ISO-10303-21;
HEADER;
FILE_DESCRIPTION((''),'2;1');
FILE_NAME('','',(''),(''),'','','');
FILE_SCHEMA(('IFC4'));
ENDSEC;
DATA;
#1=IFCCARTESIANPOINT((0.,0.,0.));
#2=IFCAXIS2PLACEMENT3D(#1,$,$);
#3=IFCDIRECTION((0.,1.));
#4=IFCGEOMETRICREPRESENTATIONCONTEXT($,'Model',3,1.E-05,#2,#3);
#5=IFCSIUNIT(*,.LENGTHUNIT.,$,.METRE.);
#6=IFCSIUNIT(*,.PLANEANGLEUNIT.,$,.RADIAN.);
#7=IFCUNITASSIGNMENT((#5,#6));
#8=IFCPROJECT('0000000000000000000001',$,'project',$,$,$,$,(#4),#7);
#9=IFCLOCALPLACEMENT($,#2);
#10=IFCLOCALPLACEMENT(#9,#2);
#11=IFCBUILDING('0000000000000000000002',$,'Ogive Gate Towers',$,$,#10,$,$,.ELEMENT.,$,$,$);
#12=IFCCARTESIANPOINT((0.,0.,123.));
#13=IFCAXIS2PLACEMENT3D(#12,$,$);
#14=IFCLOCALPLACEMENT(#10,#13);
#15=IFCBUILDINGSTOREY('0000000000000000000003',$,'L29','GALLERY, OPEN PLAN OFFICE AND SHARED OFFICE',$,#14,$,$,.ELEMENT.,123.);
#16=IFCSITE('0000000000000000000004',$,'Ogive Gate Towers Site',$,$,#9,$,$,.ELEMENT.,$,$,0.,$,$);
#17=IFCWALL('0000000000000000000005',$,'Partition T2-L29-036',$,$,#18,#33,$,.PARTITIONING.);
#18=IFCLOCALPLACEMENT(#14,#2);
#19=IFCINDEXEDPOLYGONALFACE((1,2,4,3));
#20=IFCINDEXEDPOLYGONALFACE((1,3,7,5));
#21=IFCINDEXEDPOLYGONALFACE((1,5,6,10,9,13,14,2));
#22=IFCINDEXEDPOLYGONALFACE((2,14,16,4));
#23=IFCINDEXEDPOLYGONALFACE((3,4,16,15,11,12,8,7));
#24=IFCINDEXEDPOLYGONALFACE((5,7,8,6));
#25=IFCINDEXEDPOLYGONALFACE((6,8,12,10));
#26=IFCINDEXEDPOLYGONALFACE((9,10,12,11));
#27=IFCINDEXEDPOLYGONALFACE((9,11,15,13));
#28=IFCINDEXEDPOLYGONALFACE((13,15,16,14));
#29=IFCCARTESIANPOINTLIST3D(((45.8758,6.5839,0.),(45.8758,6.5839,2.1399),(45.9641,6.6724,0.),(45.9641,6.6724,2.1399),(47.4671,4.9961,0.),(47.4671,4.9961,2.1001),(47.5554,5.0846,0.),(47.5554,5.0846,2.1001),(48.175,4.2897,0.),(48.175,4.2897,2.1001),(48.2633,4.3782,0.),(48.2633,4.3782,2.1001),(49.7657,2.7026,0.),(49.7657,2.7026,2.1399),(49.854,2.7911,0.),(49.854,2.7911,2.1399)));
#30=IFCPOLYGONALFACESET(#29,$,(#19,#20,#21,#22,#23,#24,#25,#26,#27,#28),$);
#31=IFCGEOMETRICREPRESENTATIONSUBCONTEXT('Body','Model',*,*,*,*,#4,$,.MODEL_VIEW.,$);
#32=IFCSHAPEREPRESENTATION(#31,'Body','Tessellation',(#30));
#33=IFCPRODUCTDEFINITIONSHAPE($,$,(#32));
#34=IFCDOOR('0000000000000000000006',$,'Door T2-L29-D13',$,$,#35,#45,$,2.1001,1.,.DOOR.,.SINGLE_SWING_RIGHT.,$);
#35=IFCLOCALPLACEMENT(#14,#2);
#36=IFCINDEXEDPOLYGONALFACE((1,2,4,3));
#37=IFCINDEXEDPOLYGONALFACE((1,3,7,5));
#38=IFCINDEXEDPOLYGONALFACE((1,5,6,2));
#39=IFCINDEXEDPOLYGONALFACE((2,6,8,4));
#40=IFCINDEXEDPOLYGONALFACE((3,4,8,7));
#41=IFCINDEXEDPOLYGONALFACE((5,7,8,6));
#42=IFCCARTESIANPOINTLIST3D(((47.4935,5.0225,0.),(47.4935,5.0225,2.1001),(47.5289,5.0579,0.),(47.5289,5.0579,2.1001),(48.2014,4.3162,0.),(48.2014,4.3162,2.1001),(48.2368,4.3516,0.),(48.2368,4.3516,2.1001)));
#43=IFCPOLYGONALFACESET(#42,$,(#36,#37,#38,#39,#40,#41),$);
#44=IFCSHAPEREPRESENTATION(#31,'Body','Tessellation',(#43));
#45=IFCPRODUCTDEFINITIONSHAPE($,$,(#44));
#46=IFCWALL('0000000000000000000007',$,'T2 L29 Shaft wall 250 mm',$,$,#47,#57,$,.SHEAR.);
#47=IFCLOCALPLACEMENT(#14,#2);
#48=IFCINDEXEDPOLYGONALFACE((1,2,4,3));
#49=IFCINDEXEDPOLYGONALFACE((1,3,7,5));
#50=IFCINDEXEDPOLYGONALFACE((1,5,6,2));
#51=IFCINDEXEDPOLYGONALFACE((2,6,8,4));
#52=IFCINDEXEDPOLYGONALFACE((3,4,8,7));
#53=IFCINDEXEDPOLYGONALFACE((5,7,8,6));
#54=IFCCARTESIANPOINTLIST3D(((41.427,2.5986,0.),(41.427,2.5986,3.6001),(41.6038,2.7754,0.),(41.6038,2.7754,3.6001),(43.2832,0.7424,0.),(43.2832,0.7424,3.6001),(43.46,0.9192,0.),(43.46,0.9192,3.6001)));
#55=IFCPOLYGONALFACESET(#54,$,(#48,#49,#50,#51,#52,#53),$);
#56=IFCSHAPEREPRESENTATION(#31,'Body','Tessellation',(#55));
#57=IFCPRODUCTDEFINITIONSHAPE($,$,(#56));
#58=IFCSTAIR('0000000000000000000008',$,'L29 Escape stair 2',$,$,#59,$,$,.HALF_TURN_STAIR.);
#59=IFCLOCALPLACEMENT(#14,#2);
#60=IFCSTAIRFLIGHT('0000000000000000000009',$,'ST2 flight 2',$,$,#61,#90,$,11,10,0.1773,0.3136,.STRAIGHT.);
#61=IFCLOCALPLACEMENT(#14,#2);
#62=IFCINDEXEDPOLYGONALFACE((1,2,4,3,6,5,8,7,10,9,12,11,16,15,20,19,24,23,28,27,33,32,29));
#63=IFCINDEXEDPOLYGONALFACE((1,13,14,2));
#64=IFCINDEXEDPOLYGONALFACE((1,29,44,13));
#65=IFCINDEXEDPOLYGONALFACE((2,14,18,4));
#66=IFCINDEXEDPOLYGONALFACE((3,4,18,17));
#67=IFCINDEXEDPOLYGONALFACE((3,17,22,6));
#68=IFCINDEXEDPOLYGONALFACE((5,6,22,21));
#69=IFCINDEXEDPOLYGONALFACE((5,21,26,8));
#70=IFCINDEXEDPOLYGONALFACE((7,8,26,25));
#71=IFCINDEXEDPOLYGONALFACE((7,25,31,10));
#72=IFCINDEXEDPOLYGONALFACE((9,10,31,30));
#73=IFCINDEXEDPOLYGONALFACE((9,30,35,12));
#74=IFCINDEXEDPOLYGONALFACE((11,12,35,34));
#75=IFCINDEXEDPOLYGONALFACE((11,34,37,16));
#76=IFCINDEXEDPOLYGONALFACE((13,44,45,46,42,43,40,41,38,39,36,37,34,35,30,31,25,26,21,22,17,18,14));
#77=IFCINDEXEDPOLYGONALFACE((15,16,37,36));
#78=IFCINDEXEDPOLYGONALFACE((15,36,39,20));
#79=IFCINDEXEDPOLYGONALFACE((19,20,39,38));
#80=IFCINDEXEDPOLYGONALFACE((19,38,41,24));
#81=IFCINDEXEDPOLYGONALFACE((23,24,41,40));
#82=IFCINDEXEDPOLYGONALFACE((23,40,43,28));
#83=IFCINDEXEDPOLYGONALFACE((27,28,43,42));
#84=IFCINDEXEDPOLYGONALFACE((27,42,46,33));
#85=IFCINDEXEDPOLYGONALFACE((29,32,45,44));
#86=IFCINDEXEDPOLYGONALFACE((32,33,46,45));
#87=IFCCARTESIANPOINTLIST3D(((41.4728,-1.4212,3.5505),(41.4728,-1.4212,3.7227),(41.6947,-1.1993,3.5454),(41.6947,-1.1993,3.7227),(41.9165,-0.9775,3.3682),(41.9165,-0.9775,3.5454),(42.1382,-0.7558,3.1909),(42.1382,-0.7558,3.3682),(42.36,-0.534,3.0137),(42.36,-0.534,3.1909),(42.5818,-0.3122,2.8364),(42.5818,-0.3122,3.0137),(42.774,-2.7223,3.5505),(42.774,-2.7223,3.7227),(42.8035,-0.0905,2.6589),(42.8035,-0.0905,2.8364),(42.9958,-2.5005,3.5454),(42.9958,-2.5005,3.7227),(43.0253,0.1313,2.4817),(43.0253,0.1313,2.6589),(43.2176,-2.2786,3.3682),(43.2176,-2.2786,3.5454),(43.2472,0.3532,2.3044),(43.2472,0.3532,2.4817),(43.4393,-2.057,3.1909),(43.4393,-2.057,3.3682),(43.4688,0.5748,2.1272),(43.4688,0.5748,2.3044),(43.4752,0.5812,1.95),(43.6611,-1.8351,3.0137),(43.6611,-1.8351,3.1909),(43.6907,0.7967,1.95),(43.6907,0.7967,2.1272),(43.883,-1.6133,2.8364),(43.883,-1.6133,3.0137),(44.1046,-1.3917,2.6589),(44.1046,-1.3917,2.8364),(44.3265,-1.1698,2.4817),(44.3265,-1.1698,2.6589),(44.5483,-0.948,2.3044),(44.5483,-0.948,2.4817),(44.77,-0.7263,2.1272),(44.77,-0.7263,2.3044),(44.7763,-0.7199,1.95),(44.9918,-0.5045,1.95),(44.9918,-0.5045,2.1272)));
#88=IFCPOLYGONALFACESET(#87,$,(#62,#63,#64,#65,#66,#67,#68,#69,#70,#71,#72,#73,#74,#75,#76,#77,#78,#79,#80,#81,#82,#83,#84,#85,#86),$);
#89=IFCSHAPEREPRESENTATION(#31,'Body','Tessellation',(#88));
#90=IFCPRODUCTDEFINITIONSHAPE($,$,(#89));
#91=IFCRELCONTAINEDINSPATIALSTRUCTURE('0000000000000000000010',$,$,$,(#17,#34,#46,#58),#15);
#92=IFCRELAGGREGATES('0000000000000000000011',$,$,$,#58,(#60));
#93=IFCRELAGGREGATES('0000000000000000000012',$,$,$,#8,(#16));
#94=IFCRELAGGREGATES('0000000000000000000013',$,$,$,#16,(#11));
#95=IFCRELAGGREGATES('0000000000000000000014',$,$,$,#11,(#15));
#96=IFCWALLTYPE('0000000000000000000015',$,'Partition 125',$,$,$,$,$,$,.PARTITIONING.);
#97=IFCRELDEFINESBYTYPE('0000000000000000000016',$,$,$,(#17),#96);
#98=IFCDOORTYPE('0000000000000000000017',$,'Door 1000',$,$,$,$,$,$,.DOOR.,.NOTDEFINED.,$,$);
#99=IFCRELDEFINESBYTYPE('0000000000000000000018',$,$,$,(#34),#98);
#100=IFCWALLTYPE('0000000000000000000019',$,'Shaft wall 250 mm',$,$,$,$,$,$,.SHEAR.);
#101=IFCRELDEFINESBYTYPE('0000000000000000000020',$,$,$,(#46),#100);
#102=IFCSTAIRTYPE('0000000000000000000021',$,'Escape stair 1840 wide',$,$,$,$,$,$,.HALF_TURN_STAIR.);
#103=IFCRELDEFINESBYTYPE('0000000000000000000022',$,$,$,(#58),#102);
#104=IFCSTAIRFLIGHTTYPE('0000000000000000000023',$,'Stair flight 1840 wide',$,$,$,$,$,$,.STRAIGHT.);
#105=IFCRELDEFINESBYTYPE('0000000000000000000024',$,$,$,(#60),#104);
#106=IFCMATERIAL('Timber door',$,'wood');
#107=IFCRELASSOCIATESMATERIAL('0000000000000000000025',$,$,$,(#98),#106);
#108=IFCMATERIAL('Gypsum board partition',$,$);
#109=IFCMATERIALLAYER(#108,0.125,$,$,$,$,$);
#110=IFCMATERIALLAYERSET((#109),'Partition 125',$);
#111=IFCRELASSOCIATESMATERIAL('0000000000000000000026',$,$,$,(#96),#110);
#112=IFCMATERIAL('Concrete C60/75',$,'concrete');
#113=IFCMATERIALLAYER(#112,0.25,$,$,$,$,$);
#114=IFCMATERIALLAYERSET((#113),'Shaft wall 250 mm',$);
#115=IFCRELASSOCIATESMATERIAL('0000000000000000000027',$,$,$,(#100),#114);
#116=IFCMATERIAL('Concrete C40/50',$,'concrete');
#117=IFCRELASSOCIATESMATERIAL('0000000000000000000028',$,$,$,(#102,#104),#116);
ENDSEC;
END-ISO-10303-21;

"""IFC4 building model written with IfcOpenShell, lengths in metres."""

from ifc_helpers import new_model, si_unit, direction, frame, frame_2d, origin, place, context, subcontext, project, spatial, polyline, rectangle, outline, extrude, material, layer, layer_set, type_object, element, fill, aggregate, save


model = new_model("IFC4")

# Units and contexts
model_context = context("Model", 3, precision=1e-05, world=origin(), true_north=direction((0.0, 1.0)))
body_context = subcontext(model_context, "Body", "Model", "MODEL_VIEW")
ifc_project = project(units=[si_unit("LENGTHUNIT", "METRE"), si_unit("PLANEANGLEUNIT", "RADIAN")], contexts=[model_context])

# Site, building, storey
site_placement = place(None, origin())
site = spatial("IfcSite", under=ifc_project, at=site_placement, Name="Ogive Gate Towers Site", CompositionType="ELEMENT", RefElevation=0.0)
building_placement = place(site_placement, origin())
building = spatial("IfcBuilding", under=site, at=building_placement, Name="Ogive Gate Towers", CompositionType="ELEMENT")
storey_placement = place(building_placement, frame((0.0, 0.0, 123.0)))
storey = spatial("IfcBuildingStorey", under=building, at=storey_placement, Name="L29", Description="GALLERY, OPEN PLAN OFFICE AND SHARED OFFICE", CompositionType="ELEMENT", Elevation=123.0)

# Shared definitions
ifc_material_1 = material(Name="Concrete C40/50", Category="concrete")

# Wall, opening, door
ifc_material_2 = material(Name="Timber door", Category="wood")
door_type_1 = type_object("IfcDoorType", Name="Door 1000", OperationType="NOTDEFINED", PredefinedType="DOOR", material=ifc_material_2)
ifc_material_3 = material(Name="Concrete C60/75", Category="concrete")
ifc_material_4 = material(Name="Gypsum board partition")
ifc_layer_1 = layer(ifc_material_4, 0.125)
ifc_layer_set_1 = layer_set([ifc_layer_1], Name="Partition 125")
wall_type_1 = type_object("IfcWallType", Name="Partition 125", PredefinedType="PARTITIONING", material=ifc_layer_set_1)
wall_1_placement = place(storey_placement, frame((45.9199, 6.6282, 0.0), z_axis=(0.0, 0.0, 1.0), x_axis=(0.707884, -0.706329, 0.0)))
wall_1 = element("IfcWall", 1, at=wall_1_placement, inside=storey, type_object=wall_type_1, Name="Partition T2-L29-036", PredefinedType="PARTITIONING", context=body_context, shape_type="SweptSolid", body=[
    extrude(rectangle(XDim=5.4951, YDim=0.125, at=frame_2d((2.7476, 0.0))), origin(), (0.0, 0.0, 1.0), 2.1399),
])
opening_1_placement = place(wall_1_placement, frame((2.248, 0.0, 0.0)))
opening_1 = element("IfcOpeningElement", 2, at=opening_1_placement, cuts=wall_1, PredefinedType="OPENING", context=body_context, shape_type="SweptSolid", body=[
    extrude(rectangle(XDim=1.0, YDim=2.1001, at=frame_2d((0.5, 1.05))), frame((0.0, 0.0725, 0.0), z_axis=(0.0, -1.0, 0.0), x_axis=(1.0, 0.0, 0.0)), (0.0, 0.0, 1.0), 0.145),
])
door_1_placement = place(opening_1_placement, origin())
door_1 = element("IfcDoor", 3, at=door_1_placement, inside=storey, type_object=door_type_1, Name="Door T2-L29-D13", OperationType="SINGLE_SWING_RIGHT", OverallHeight=2.1001, OverallWidth=1.0, PredefinedType="DOOR", context=body_context, shape_type="SweptSolid", body=[
    extrude(rectangle(XDim=1.0, YDim=2.1001, at=frame_2d((0.5, 1.05))), frame((0.0, 0.0249, 0.0), z_axis=(0.0, -1.0, 0.0), x_axis=(1.0, 0.0, 0.0)), (0.0, 0.0, 1.0), 0.05),
])
fill(opening_1, door_1)

# Wall
ifc_layer_2 = layer(ifc_material_3, 0.25)
ifc_layer_set_2 = layer_set([ifc_layer_2], Name="Shaft wall 250 mm")
wall_type_2 = type_object("IfcWallType", Name="Shaft wall 250 mm", PredefinedType="SHEAR", material=ifc_layer_set_2)
wall_2_placement = place(storey_placement, frame((43.3716, 0.8308, 0.0), z_axis=(0.0, 0.0, 1.0), x_axis=(-0.707107, 0.707107, 0.0)))
element("IfcWall", 4, at=wall_2_placement, inside=storey, type_object=wall_type_2, Name="T2 L29 Shaft wall 250 mm", PredefinedType="SHEAR", context=body_context, shape_type="SweptSolid", body=[
    extrude(rectangle(XDim=2.625, YDim=0.25, at=frame_2d((1.3125, 0.0))), origin(), (0.0, 0.0, 1.0), 3.6001),
])

# Stair, stair flight
stair_type = type_object("IfcStairType", Name="Escape stair 1840 wide", PredefinedType="HALF_TURN_STAIR", material=ifc_material_1)
stair_placement = place(storey_placement, origin())
stair = element("IfcStair", 5, at=stair_placement, inside=storey, type_object=stair_type, Name="L29 Escape stair 2", PredefinedType="HALF_TURN_STAIR")
stair_flight_type = type_object("IfcStairFlightType", Name="Stair flight 1840 wide", PredefinedType="STRAIGHT", material=ifc_material_1)
stair_flight_placement = place(storey_placement, frame((44.3413, 0.146, 1.95), z_axis=(0.0, 0.0, 1.0), x_axis=(-0.707107, -0.707107, 0.0)))
stair_flight = element("IfcStairFlight", 6, at=stair_flight_placement, type_object=stair_flight_type, Name="ST2 flight 2", NumberOfRisers=11, NumberOfTreads=10, PredefinedType="STRAIGHT", RiserHeight=0.1773, TreadLength=0.3136, context=body_context, shape_type="SweptSolid", body=[
    extrude(outline(polyline([(0.0, 0.0), (0.0, 0.1772), (0.3137, 0.1772), (0.3137, 0.3545), (0.6272, 0.3545), (0.6272, 0.5317), (0.9409, 0.5317), (0.9409, 0.709), (1.2546, 0.709), (1.2546, 0.8865), (1.5681, 0.8865), (1.5681, 1.0637), (1.8818, 1.0637), (1.8818, 1.241), (2.1956, 1.241), (2.1956, 1.4182), (2.509, 1.4182), (2.509, 1.5955), (2.8228, 1.5955), (2.8228, 1.7727), (3.1365, 1.7727), (3.1365, 1.95), (3.1365, 1.6006), (0.3047, 0.0), (0.0, 0.0)])), frame((0.0, 0.9199, 0.0), z_axis=(0.0, -1.0, 0.0), x_axis=(1.0, 0.0, 0.0)), (0.0, 0.0, 1.0), 1.8401),
])
aggregate(stair, [stair_flight])

save(model, "model.ifc")
